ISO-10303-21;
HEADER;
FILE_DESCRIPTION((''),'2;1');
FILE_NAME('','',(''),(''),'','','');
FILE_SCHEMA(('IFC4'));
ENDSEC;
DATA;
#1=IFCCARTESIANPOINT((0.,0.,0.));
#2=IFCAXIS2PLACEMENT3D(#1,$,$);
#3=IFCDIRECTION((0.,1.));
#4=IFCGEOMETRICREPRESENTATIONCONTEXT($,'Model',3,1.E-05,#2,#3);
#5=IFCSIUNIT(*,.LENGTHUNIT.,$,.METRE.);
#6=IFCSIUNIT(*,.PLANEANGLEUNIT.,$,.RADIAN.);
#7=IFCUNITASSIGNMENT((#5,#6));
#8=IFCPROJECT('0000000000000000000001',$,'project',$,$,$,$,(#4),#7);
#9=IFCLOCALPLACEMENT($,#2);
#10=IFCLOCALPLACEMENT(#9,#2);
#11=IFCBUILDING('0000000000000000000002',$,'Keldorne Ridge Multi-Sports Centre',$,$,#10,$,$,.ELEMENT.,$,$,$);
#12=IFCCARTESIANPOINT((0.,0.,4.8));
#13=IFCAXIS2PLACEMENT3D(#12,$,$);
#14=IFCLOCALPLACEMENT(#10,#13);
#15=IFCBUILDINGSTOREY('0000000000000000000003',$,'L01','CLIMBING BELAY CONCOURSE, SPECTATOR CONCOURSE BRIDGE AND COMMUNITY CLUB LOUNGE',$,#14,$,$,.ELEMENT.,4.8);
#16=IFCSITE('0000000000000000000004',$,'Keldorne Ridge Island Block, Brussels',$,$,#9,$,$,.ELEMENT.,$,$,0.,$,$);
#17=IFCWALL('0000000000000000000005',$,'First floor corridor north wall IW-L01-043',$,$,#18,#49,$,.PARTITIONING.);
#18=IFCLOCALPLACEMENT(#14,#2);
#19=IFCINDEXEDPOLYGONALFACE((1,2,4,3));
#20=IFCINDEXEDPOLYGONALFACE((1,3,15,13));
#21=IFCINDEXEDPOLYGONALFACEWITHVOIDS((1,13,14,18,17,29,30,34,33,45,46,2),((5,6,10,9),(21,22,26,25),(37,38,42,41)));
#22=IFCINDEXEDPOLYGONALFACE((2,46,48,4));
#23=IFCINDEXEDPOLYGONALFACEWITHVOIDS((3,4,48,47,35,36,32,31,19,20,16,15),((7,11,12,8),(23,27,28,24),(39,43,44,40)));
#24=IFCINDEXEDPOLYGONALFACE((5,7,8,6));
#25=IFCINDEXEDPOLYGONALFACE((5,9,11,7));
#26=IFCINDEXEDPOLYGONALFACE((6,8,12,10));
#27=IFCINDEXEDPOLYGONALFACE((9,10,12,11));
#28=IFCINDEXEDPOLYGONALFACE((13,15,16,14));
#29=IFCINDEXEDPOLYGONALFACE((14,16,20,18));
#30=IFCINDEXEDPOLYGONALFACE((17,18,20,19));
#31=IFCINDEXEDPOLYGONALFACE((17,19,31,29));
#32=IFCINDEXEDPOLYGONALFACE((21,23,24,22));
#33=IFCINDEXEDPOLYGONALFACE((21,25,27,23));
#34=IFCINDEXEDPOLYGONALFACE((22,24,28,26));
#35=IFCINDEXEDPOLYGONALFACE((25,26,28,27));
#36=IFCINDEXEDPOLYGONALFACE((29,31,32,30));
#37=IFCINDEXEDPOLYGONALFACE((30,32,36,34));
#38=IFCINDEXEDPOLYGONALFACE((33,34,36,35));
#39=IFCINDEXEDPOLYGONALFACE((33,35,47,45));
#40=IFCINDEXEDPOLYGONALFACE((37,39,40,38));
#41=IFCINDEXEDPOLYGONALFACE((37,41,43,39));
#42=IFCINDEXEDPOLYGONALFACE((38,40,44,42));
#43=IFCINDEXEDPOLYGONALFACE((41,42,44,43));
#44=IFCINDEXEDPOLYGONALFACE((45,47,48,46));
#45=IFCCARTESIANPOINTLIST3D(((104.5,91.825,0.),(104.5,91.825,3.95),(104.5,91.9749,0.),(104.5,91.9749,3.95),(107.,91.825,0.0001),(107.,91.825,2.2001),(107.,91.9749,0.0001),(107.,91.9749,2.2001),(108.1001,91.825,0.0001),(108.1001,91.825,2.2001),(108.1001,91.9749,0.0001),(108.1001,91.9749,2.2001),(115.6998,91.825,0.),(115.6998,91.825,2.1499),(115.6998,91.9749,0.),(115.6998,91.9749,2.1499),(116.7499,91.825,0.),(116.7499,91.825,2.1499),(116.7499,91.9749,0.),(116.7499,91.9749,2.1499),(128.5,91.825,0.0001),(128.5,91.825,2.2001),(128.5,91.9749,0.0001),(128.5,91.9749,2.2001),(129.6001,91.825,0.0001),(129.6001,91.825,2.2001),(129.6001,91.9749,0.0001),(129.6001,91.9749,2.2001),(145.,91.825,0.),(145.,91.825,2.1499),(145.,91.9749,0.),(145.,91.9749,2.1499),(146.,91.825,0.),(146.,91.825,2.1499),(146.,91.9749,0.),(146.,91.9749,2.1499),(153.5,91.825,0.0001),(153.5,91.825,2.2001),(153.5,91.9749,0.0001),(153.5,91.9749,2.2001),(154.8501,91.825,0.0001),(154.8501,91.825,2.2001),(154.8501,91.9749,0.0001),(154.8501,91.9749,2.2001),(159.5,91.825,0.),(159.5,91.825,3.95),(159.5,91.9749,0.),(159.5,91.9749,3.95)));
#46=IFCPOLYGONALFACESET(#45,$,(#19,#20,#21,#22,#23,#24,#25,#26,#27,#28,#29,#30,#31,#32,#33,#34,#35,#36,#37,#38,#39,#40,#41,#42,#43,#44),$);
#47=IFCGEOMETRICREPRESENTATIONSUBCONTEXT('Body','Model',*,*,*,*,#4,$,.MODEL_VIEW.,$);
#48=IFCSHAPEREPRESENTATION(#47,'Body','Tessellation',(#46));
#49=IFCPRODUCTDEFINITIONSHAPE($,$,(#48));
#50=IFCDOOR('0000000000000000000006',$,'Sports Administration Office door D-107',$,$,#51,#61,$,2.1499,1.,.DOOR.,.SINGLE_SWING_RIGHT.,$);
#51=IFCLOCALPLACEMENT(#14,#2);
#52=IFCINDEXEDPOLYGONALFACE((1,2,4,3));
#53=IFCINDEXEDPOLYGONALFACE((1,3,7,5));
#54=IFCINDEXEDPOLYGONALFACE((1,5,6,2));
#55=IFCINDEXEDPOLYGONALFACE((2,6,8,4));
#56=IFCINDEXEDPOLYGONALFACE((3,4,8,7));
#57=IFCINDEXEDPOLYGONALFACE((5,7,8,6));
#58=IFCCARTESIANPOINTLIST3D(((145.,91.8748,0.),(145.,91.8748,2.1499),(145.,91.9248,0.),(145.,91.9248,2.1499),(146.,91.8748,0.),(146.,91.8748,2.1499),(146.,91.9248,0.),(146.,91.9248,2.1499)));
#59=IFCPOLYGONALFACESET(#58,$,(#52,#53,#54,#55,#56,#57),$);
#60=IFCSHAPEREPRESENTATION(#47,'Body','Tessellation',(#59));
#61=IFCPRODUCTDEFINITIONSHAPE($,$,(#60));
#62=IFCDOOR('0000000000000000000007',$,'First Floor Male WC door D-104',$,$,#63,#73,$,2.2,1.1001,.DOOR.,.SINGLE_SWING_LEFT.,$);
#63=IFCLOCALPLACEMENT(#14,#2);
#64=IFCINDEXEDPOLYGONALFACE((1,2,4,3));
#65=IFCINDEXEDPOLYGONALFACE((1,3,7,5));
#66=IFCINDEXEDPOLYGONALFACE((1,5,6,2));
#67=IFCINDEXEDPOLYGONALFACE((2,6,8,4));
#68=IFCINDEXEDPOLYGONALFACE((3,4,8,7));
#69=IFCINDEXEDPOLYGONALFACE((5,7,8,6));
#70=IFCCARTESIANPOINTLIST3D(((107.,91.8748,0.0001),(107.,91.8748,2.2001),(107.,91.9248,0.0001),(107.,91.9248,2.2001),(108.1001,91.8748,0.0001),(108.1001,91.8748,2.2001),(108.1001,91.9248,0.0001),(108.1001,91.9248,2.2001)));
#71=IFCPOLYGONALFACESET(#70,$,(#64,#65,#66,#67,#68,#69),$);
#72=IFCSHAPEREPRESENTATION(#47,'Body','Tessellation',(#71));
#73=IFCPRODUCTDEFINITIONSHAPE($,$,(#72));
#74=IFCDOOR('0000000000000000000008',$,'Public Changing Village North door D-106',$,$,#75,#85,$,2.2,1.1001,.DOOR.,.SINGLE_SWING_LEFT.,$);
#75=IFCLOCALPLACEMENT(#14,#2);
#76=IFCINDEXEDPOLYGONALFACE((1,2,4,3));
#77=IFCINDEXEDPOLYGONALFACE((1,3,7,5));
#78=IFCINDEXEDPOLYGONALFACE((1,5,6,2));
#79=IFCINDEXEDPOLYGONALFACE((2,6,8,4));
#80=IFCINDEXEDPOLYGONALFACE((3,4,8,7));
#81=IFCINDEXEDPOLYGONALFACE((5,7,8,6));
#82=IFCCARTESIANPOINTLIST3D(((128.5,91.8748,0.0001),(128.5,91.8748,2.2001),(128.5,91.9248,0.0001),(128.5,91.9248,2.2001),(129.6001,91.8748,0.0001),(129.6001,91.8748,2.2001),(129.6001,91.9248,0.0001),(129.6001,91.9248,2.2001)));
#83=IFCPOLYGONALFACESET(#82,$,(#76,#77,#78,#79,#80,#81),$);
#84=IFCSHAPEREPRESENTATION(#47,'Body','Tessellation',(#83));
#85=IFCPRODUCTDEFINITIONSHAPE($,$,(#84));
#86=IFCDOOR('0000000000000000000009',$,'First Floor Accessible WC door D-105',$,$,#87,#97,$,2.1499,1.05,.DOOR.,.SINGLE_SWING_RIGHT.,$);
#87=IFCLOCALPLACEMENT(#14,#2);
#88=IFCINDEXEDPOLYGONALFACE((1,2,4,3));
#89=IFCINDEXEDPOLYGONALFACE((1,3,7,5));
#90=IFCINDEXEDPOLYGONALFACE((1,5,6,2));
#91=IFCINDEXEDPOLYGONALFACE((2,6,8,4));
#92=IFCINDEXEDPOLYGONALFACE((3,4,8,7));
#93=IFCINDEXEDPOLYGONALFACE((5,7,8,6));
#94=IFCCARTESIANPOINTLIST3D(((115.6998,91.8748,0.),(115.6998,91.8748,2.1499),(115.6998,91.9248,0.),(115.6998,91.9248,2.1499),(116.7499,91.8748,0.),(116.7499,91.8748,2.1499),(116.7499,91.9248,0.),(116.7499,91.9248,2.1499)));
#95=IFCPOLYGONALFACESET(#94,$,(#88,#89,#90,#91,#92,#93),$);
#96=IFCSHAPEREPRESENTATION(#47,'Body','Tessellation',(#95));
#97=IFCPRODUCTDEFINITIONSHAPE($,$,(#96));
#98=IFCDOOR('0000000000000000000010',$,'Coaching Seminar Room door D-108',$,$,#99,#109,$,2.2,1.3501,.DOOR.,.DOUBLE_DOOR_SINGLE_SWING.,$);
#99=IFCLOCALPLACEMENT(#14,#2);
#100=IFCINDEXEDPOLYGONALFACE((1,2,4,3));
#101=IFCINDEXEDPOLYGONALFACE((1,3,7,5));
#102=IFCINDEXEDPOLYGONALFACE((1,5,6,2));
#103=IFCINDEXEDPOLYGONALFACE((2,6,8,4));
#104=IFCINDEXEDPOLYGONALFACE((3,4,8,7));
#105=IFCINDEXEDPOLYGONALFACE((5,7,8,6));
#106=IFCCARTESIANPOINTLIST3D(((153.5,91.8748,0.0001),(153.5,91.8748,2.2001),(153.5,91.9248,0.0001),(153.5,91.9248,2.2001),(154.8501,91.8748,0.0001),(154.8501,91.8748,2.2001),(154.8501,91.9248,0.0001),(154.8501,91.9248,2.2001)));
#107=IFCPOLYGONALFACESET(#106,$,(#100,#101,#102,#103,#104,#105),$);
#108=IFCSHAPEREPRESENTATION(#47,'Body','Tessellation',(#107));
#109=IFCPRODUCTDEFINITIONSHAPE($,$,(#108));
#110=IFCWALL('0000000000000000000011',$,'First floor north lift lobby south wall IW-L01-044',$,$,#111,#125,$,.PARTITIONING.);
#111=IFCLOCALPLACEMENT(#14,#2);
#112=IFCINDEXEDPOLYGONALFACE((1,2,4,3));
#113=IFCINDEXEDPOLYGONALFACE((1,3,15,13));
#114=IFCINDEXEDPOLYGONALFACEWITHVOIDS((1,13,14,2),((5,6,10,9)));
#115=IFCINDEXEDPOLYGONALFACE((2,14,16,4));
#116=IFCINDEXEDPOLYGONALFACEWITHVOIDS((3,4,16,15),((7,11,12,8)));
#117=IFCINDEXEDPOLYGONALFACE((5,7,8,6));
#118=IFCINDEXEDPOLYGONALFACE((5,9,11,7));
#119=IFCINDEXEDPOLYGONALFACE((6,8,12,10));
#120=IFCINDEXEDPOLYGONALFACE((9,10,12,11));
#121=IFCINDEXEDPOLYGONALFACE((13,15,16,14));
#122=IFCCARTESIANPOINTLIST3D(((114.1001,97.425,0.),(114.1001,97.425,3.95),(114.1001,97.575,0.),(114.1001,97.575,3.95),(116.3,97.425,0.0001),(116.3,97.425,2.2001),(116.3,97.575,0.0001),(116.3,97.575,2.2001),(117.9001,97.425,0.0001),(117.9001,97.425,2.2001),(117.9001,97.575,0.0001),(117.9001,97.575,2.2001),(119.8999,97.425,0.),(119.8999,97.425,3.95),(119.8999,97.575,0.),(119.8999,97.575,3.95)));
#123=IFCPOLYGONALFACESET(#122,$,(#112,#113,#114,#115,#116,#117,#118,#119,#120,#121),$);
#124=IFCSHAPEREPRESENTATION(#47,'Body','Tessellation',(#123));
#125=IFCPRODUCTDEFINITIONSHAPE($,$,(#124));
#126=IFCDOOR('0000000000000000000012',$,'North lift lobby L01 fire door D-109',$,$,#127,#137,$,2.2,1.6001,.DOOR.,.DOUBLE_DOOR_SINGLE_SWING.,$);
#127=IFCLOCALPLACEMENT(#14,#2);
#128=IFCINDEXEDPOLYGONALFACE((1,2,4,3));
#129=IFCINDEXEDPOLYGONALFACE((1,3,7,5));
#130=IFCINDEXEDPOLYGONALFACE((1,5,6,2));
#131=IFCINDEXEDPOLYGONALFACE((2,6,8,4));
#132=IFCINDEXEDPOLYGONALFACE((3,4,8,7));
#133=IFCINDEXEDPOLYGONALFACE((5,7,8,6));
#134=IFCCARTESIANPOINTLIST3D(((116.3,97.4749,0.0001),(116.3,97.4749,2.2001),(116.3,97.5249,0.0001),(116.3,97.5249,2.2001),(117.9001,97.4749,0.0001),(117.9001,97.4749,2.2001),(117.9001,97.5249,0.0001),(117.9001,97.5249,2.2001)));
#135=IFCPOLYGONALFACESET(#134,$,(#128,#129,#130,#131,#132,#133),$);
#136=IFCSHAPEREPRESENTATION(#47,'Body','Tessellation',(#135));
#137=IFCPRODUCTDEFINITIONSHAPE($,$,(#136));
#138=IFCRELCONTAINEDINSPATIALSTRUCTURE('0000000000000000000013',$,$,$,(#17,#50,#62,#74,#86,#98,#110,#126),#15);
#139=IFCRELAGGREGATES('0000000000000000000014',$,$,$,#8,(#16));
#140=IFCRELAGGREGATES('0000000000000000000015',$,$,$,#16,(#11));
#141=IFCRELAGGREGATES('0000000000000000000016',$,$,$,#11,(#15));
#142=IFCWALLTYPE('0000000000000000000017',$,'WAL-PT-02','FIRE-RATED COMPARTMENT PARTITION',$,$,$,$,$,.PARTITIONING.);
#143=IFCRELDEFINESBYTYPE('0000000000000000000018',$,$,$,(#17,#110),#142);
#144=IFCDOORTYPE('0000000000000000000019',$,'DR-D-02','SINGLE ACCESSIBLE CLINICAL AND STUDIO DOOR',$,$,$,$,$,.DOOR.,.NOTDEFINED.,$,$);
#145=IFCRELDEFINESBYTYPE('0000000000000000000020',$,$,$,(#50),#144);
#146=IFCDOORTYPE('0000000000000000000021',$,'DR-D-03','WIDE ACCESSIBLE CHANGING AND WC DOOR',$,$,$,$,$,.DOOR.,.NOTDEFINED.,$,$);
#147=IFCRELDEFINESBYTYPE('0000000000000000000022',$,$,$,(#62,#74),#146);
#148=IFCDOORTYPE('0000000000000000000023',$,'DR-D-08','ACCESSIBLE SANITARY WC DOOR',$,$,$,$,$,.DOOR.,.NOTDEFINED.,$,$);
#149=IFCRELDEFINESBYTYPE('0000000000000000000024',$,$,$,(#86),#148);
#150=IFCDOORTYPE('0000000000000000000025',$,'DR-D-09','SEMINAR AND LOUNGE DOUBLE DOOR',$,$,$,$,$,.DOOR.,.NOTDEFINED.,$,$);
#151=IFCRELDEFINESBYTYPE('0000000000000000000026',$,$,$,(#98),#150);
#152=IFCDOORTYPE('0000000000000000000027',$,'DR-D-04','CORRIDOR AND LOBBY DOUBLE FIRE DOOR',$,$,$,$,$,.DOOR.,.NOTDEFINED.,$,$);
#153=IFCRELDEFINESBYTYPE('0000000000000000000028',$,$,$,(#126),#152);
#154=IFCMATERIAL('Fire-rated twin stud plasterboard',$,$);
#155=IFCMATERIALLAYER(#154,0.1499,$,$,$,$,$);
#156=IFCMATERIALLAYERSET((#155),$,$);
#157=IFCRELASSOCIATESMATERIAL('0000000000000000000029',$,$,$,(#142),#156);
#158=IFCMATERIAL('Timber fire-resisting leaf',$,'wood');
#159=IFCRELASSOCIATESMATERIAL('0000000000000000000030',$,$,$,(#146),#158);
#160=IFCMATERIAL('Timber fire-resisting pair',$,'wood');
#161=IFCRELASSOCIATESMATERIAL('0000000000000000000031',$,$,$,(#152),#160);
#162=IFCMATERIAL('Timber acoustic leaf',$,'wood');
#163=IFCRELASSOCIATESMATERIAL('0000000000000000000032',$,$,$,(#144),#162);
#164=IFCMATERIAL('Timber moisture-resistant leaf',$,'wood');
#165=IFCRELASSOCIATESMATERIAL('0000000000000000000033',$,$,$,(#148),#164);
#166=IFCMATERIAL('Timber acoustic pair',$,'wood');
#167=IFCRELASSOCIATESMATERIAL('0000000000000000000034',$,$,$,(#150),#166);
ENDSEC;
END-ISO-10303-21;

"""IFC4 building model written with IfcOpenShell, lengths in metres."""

from ifc_helpers import new_model, si_unit, direction, frame, frame_2d, origin, place, context, subcontext, project, spatial, rectangle, extrude, material, layer, layer_set, type_object, element, fill, save


model = new_model("IFC4")

# Units and contexts
model_context = context("Model", 3, precision=1e-05, world=origin(), true_north=direction((0.0, 1.0)))
body_context = subcontext(model_context, "Body", "Model", "MODEL_VIEW")
ifc_project = project(units=[si_unit("LENGTHUNIT", "METRE"), si_unit("PLANEANGLEUNIT", "RADIAN")], contexts=[model_context])

# Site, building, storey
site_placement = place(None, origin())
site = spatial("IfcSite", under=ifc_project, at=site_placement, Name="Keldorne Ridge Island Block, Brussels", CompositionType="ELEMENT", RefElevation=0.0)
building_placement = place(site_placement, origin())
building = spatial("IfcBuilding", under=site, at=building_placement, Name="Keldorne Ridge Multi-Sports Centre", CompositionType="ELEMENT")
storey_placement = place(building_placement, frame((0.0, 0.0, 4.8)))
storey = spatial("IfcBuildingStorey", under=building, at=storey_placement, Name="L01", Description="CLIMBING BELAY CONCOURSE, SPECTATOR CONCOURSE BRIDGE AND COMMUNITY CLUB LOUNGE", CompositionType="ELEMENT", Elevation=4.8)

# Wall, openings, doors
ifc_material_1 = material(Name="Fire-rated twin stud plasterboard")
ifc_layer_1 = layer(ifc_material_1, 0.1499)
ifc_layer_set_1 = layer_set([ifc_layer_1])
wall_type_1 = type_object("IfcWallType", Name="WAL-PT-02", Description="FIRE-RATED COMPARTMENT PARTITION", PredefinedType="PARTITIONING", material=ifc_layer_set_1)
ifc_material_2 = material(Name="Timber fire-resisting leaf", Category="wood")
door_type_1 = type_object("IfcDoorType", Name="DR-D-03", Description="WIDE ACCESSIBLE CHANGING AND WC DOOR", OperationType="NOTDEFINED", PredefinedType="DOOR", material=ifc_material_2)
ifc_material_3 = material(Name="Timber fire-resisting pair", Category="wood")
door_type_2 = type_object("IfcDoorType", Name="DR-D-04", Description="CORRIDOR AND LOBBY DOUBLE FIRE DOOR", OperationType="NOTDEFINED", PredefinedType="DOOR", material=ifc_material_3)
ifc_material_4 = material(Name="Timber acoustic pair", Category="wood")
wall_1_placement = place(storey_placement, frame((104.5, 91.8999, 0.0), z_axis=(0.0, 0.0, 1.0), x_axis=(1.0, 0.0, 0.0)))
wall_1 = element("IfcWall", 1, at=wall_1_placement, inside=storey, type_object=wall_type_1, Name="First floor corridor north wall IW-L01-043", PredefinedType="PARTITIONING", context=body_context, shape_type="SweptSolid", body=[
    extrude(rectangle(XDim=55.0, YDim=0.1499, at=frame_2d((27.5, 0.0))), origin(), (0.0, 0.0, 1.0), 3.95),
])
opening_1_placement = place(wall_1_placement, frame((2.5, 0.0, 0.0)))
opening_1 = element("IfcOpeningElement", 2, at=opening_1_placement, cuts=wall_1, PredefinedType="OPENING", context=body_context, shape_type="SweptSolid", body=[
    extrude(rectangle(XDim=1.1001, YDim=2.2, at=frame_2d((0.55, 1.1001))), frame((0.0, 0.085, 0.0), z_axis=(0.0, -1.0, 0.0), x_axis=(1.0, 0.0, 0.0)), (0.0, 0.0, 1.0), 0.1699),
])
opening_2_placement = place(wall_1_placement, frame((11.2, 0.0, 0.0)))
opening_2 = element("IfcOpeningElement", 3, at=opening_2_placement, cuts=wall_1, PredefinedType="OPENING", context=body_context, shape_type="SweptSolid", body=[
    extrude(rectangle(XDim=1.05, YDim=2.1499, at=frame_2d((0.5249, 1.075))), frame((0.0, 0.085, 0.0), z_axis=(0.0, -1.0, 0.0), x_axis=(1.0, 0.0, 0.0)), (0.0, 0.0, 1.0), 0.1699),
])
opening_3_placement = place(wall_1_placement, frame((24.0, 0.0, 0.0)))
opening_3 = element("IfcOpeningElement", 4, at=opening_3_placement, cuts=wall_1, PredefinedType="OPENING", context=body_context, shape_type="SweptSolid", body=[
    extrude(rectangle(XDim=1.1001, YDim=2.2, at=frame_2d((0.55, 1.1001))), frame((0.0, 0.085, 0.0), z_axis=(0.0, -1.0, 0.0), x_axis=(1.0, 0.0, 0.0)), (0.0, 0.0, 1.0), 0.1699),
])
opening_4_placement = place(wall_1_placement, frame((40.5, 0.0, 0.0)))
opening_4 = element("IfcOpeningElement", 5, at=opening_4_placement, cuts=wall_1, PredefinedType="OPENING", context=body_context, shape_type="SweptSolid", body=[
    extrude(rectangle(XDim=1.0, YDim=2.1499, at=frame_2d((0.5, 1.075))), frame((0.0, 0.085, 0.0), z_axis=(0.0, -1.0, 0.0), x_axis=(1.0, 0.0, 0.0)), (0.0, 0.0, 1.0), 0.1699),
])
opening_5_placement = place(wall_1_placement, frame((49.0, 0.0, 0.0)))
opening_5 = element("IfcOpeningElement", 6, at=opening_5_placement, cuts=wall_1, PredefinedType="OPENING", context=body_context, shape_type="SweptSolid", body=[
    extrude(rectangle(XDim=1.3501, YDim=2.2, at=frame_2d((0.675, 1.1001))), frame((0.0, 0.085, 0.0), z_axis=(0.0, -1.0, 0.0), x_axis=(1.0, 0.0, 0.0)), (0.0, 0.0, 1.0), 0.1699),
])
ifc_material_5 = material(Name="Timber acoustic leaf", Category="wood")
door_type_3 = type_object("IfcDoorType", Name="DR-D-02", Description="SINGLE ACCESSIBLE CLINICAL AND STUDIO DOOR", OperationType="NOTDEFINED", PredefinedType="DOOR", material=ifc_material_5)
door_1_placement = place(opening_4_placement, origin())
door_1 = element("IfcDoor", 7, at=door_1_placement, inside=storey, type_object=door_type_3, Name="Sports Administration Office door D-107", OperationType="SINGLE_SWING_RIGHT", OverallHeight=2.1499, OverallWidth=1.0, PredefinedType="DOOR", context=body_context, shape_type="SweptSolid", body=[
    extrude(rectangle(XDim=1.0, YDim=2.1499, at=frame_2d((0.5, 1.075))), frame((0.0, 0.0249, 0.0), z_axis=(0.0, -1.0, 0.0), x_axis=(1.0, 0.0, 0.0)), (0.0, 0.0, 1.0), 0.05),
])
fill(opening_4, door_1)
door_2_placement = place(opening_1_placement, origin())
door_2 = element("IfcDoor", 8, at=door_2_placement, inside=storey, type_object=door_type_1, Name="First Floor Male WC door D-104", OperationType="SINGLE_SWING_LEFT", OverallHeight=2.2, OverallWidth=1.1001, PredefinedType="DOOR", context=body_context, shape_type="SweptSolid", body=[
    extrude(rectangle(XDim=1.1001, YDim=2.2, at=frame_2d((0.55, 1.1001))), frame((0.0, 0.0249, 0.0), z_axis=(0.0, -1.0, 0.0), x_axis=(1.0, 0.0, 0.0)), (0.0, 0.0, 1.0), 0.05),
])
fill(opening_1, door_2)
door_3_placement = place(opening_3_placement, origin())
door_3 = element("IfcDoor", 9, at=door_3_placement, inside=storey, type_object=door_type_1, Name="Public Changing Village North door D-106", OperationType="SINGLE_SWING_LEFT", OverallHeight=2.2, OverallWidth=1.1001, PredefinedType="DOOR", context=body_context, shape_type="SweptSolid", body=[
    extrude(rectangle(XDim=1.1001, YDim=2.2, at=frame_2d((0.55, 1.1001))), frame((0.0, 0.0249, 0.0), z_axis=(0.0, -1.0, 0.0), x_axis=(1.0, 0.0, 0.0)), (0.0, 0.0, 1.0), 0.05),
])
fill(opening_3, door_3)
ifc_material_6 = material(Name="Timber moisture-resistant leaf", Category="wood")
door_type_4 = type_object("IfcDoorType", Name="DR-D-08", Description="ACCESSIBLE SANITARY WC DOOR", OperationType="NOTDEFINED", PredefinedType="DOOR", material=ifc_material_6)
door_4_placement = place(opening_2_placement, origin())
door_4 = element("IfcDoor", 10, at=door_4_placement, inside=storey, type_object=door_type_4, Name="First Floor Accessible WC door D-105", OperationType="SINGLE_SWING_RIGHT", OverallHeight=2.1499, OverallWidth=1.05, PredefinedType="DOOR", context=body_context, shape_type="SweptSolid", body=[
    extrude(rectangle(XDim=1.05, YDim=2.1499, at=frame_2d((0.5249, 1.075))), frame((0.0, 0.0249, 0.0), z_axis=(0.0, -1.0, 0.0), x_axis=(1.0, 0.0, 0.0)), (0.0, 0.0, 1.0), 0.05),
])
fill(opening_2, door_4)
door_type_5 = type_object("IfcDoorType", Name="DR-D-09", Description="SEMINAR AND LOUNGE DOUBLE DOOR", OperationType="NOTDEFINED", PredefinedType="DOOR", material=ifc_material_4)
door_5_placement = place(opening_5_placement, origin())
door_5 = element("IfcDoor", 11, at=door_5_placement, inside=storey, type_object=door_type_5, Name="Coaching Seminar Room door D-108", OperationType="DOUBLE_DOOR_SINGLE_SWING", OverallHeight=2.2, OverallWidth=1.3501, PredefinedType="DOOR", context=body_context, shape_type="SweptSolid", body=[
    extrude(rectangle(XDim=1.3501, YDim=2.2, at=frame_2d((0.675, 1.1001))), frame((0.0, 0.0249, 0.0), z_axis=(0.0, -1.0, 0.0), x_axis=(1.0, 0.0, 0.0)), (0.0, 0.0, 1.0), 0.05),
])
fill(opening_5, door_5)

# Wall, opening, door
wall_2_placement = place(storey_placement, frame((114.1001, 97.5, 0.0), z_axis=(0.0, 0.0, 1.0), x_axis=(1.0, 0.0, 0.0)))
wall_2 = element("IfcWall", 12, at=wall_2_placement, inside=storey, type_object=wall_type_1, Name="First floor north lift lobby south wall IW-L01-044", PredefinedType="PARTITIONING", context=body_context, shape_type="SweptSolid", body=[
    extrude(rectangle(XDim=5.7998, YDim=0.1499, at=frame_2d((2.8999, 0.0))), origin(), (0.0, 0.0, 1.0), 3.95),
])
opening_6_placement = place(wall_2_placement, frame((2.2, 0.0, 0.0)))
opening_6 = element("IfcOpeningElement", 13, at=opening_6_placement, cuts=wall_2, PredefinedType="OPENING", context=body_context, shape_type="SweptSolid", body=[
    extrude(rectangle(XDim=1.6001, YDim=2.2, at=frame_2d((0.8, 1.1001))), frame((0.0, 0.085, 0.0), z_axis=(0.0, -1.0, 0.0), x_axis=(1.0, 0.0, 0.0)), (0.0, 0.0, 1.0), 0.1699),
])
door_6_placement = place(opening_6_placement, origin())
door_6 = element("IfcDoor", 14, at=door_6_placement, inside=storey, type_object=door_type_2, Name="North lift lobby L01 fire door D-109", OperationType="DOUBLE_DOOR_SINGLE_SWING", OverallHeight=2.2, OverallWidth=1.6001, PredefinedType="DOOR", context=body_context, shape_type="SweptSolid", body=[
    extrude(rectangle(XDim=1.6001, YDim=2.2, at=frame_2d((0.8, 1.1001))), frame((0.0, 0.0249, 0.0), z_axis=(0.0, -1.0, 0.0), x_axis=(1.0, 0.0, 0.0)), (0.0, 0.0, 1.0), 0.05),
])
fill(opening_6, door_6)

save(model, "model.ifc")
